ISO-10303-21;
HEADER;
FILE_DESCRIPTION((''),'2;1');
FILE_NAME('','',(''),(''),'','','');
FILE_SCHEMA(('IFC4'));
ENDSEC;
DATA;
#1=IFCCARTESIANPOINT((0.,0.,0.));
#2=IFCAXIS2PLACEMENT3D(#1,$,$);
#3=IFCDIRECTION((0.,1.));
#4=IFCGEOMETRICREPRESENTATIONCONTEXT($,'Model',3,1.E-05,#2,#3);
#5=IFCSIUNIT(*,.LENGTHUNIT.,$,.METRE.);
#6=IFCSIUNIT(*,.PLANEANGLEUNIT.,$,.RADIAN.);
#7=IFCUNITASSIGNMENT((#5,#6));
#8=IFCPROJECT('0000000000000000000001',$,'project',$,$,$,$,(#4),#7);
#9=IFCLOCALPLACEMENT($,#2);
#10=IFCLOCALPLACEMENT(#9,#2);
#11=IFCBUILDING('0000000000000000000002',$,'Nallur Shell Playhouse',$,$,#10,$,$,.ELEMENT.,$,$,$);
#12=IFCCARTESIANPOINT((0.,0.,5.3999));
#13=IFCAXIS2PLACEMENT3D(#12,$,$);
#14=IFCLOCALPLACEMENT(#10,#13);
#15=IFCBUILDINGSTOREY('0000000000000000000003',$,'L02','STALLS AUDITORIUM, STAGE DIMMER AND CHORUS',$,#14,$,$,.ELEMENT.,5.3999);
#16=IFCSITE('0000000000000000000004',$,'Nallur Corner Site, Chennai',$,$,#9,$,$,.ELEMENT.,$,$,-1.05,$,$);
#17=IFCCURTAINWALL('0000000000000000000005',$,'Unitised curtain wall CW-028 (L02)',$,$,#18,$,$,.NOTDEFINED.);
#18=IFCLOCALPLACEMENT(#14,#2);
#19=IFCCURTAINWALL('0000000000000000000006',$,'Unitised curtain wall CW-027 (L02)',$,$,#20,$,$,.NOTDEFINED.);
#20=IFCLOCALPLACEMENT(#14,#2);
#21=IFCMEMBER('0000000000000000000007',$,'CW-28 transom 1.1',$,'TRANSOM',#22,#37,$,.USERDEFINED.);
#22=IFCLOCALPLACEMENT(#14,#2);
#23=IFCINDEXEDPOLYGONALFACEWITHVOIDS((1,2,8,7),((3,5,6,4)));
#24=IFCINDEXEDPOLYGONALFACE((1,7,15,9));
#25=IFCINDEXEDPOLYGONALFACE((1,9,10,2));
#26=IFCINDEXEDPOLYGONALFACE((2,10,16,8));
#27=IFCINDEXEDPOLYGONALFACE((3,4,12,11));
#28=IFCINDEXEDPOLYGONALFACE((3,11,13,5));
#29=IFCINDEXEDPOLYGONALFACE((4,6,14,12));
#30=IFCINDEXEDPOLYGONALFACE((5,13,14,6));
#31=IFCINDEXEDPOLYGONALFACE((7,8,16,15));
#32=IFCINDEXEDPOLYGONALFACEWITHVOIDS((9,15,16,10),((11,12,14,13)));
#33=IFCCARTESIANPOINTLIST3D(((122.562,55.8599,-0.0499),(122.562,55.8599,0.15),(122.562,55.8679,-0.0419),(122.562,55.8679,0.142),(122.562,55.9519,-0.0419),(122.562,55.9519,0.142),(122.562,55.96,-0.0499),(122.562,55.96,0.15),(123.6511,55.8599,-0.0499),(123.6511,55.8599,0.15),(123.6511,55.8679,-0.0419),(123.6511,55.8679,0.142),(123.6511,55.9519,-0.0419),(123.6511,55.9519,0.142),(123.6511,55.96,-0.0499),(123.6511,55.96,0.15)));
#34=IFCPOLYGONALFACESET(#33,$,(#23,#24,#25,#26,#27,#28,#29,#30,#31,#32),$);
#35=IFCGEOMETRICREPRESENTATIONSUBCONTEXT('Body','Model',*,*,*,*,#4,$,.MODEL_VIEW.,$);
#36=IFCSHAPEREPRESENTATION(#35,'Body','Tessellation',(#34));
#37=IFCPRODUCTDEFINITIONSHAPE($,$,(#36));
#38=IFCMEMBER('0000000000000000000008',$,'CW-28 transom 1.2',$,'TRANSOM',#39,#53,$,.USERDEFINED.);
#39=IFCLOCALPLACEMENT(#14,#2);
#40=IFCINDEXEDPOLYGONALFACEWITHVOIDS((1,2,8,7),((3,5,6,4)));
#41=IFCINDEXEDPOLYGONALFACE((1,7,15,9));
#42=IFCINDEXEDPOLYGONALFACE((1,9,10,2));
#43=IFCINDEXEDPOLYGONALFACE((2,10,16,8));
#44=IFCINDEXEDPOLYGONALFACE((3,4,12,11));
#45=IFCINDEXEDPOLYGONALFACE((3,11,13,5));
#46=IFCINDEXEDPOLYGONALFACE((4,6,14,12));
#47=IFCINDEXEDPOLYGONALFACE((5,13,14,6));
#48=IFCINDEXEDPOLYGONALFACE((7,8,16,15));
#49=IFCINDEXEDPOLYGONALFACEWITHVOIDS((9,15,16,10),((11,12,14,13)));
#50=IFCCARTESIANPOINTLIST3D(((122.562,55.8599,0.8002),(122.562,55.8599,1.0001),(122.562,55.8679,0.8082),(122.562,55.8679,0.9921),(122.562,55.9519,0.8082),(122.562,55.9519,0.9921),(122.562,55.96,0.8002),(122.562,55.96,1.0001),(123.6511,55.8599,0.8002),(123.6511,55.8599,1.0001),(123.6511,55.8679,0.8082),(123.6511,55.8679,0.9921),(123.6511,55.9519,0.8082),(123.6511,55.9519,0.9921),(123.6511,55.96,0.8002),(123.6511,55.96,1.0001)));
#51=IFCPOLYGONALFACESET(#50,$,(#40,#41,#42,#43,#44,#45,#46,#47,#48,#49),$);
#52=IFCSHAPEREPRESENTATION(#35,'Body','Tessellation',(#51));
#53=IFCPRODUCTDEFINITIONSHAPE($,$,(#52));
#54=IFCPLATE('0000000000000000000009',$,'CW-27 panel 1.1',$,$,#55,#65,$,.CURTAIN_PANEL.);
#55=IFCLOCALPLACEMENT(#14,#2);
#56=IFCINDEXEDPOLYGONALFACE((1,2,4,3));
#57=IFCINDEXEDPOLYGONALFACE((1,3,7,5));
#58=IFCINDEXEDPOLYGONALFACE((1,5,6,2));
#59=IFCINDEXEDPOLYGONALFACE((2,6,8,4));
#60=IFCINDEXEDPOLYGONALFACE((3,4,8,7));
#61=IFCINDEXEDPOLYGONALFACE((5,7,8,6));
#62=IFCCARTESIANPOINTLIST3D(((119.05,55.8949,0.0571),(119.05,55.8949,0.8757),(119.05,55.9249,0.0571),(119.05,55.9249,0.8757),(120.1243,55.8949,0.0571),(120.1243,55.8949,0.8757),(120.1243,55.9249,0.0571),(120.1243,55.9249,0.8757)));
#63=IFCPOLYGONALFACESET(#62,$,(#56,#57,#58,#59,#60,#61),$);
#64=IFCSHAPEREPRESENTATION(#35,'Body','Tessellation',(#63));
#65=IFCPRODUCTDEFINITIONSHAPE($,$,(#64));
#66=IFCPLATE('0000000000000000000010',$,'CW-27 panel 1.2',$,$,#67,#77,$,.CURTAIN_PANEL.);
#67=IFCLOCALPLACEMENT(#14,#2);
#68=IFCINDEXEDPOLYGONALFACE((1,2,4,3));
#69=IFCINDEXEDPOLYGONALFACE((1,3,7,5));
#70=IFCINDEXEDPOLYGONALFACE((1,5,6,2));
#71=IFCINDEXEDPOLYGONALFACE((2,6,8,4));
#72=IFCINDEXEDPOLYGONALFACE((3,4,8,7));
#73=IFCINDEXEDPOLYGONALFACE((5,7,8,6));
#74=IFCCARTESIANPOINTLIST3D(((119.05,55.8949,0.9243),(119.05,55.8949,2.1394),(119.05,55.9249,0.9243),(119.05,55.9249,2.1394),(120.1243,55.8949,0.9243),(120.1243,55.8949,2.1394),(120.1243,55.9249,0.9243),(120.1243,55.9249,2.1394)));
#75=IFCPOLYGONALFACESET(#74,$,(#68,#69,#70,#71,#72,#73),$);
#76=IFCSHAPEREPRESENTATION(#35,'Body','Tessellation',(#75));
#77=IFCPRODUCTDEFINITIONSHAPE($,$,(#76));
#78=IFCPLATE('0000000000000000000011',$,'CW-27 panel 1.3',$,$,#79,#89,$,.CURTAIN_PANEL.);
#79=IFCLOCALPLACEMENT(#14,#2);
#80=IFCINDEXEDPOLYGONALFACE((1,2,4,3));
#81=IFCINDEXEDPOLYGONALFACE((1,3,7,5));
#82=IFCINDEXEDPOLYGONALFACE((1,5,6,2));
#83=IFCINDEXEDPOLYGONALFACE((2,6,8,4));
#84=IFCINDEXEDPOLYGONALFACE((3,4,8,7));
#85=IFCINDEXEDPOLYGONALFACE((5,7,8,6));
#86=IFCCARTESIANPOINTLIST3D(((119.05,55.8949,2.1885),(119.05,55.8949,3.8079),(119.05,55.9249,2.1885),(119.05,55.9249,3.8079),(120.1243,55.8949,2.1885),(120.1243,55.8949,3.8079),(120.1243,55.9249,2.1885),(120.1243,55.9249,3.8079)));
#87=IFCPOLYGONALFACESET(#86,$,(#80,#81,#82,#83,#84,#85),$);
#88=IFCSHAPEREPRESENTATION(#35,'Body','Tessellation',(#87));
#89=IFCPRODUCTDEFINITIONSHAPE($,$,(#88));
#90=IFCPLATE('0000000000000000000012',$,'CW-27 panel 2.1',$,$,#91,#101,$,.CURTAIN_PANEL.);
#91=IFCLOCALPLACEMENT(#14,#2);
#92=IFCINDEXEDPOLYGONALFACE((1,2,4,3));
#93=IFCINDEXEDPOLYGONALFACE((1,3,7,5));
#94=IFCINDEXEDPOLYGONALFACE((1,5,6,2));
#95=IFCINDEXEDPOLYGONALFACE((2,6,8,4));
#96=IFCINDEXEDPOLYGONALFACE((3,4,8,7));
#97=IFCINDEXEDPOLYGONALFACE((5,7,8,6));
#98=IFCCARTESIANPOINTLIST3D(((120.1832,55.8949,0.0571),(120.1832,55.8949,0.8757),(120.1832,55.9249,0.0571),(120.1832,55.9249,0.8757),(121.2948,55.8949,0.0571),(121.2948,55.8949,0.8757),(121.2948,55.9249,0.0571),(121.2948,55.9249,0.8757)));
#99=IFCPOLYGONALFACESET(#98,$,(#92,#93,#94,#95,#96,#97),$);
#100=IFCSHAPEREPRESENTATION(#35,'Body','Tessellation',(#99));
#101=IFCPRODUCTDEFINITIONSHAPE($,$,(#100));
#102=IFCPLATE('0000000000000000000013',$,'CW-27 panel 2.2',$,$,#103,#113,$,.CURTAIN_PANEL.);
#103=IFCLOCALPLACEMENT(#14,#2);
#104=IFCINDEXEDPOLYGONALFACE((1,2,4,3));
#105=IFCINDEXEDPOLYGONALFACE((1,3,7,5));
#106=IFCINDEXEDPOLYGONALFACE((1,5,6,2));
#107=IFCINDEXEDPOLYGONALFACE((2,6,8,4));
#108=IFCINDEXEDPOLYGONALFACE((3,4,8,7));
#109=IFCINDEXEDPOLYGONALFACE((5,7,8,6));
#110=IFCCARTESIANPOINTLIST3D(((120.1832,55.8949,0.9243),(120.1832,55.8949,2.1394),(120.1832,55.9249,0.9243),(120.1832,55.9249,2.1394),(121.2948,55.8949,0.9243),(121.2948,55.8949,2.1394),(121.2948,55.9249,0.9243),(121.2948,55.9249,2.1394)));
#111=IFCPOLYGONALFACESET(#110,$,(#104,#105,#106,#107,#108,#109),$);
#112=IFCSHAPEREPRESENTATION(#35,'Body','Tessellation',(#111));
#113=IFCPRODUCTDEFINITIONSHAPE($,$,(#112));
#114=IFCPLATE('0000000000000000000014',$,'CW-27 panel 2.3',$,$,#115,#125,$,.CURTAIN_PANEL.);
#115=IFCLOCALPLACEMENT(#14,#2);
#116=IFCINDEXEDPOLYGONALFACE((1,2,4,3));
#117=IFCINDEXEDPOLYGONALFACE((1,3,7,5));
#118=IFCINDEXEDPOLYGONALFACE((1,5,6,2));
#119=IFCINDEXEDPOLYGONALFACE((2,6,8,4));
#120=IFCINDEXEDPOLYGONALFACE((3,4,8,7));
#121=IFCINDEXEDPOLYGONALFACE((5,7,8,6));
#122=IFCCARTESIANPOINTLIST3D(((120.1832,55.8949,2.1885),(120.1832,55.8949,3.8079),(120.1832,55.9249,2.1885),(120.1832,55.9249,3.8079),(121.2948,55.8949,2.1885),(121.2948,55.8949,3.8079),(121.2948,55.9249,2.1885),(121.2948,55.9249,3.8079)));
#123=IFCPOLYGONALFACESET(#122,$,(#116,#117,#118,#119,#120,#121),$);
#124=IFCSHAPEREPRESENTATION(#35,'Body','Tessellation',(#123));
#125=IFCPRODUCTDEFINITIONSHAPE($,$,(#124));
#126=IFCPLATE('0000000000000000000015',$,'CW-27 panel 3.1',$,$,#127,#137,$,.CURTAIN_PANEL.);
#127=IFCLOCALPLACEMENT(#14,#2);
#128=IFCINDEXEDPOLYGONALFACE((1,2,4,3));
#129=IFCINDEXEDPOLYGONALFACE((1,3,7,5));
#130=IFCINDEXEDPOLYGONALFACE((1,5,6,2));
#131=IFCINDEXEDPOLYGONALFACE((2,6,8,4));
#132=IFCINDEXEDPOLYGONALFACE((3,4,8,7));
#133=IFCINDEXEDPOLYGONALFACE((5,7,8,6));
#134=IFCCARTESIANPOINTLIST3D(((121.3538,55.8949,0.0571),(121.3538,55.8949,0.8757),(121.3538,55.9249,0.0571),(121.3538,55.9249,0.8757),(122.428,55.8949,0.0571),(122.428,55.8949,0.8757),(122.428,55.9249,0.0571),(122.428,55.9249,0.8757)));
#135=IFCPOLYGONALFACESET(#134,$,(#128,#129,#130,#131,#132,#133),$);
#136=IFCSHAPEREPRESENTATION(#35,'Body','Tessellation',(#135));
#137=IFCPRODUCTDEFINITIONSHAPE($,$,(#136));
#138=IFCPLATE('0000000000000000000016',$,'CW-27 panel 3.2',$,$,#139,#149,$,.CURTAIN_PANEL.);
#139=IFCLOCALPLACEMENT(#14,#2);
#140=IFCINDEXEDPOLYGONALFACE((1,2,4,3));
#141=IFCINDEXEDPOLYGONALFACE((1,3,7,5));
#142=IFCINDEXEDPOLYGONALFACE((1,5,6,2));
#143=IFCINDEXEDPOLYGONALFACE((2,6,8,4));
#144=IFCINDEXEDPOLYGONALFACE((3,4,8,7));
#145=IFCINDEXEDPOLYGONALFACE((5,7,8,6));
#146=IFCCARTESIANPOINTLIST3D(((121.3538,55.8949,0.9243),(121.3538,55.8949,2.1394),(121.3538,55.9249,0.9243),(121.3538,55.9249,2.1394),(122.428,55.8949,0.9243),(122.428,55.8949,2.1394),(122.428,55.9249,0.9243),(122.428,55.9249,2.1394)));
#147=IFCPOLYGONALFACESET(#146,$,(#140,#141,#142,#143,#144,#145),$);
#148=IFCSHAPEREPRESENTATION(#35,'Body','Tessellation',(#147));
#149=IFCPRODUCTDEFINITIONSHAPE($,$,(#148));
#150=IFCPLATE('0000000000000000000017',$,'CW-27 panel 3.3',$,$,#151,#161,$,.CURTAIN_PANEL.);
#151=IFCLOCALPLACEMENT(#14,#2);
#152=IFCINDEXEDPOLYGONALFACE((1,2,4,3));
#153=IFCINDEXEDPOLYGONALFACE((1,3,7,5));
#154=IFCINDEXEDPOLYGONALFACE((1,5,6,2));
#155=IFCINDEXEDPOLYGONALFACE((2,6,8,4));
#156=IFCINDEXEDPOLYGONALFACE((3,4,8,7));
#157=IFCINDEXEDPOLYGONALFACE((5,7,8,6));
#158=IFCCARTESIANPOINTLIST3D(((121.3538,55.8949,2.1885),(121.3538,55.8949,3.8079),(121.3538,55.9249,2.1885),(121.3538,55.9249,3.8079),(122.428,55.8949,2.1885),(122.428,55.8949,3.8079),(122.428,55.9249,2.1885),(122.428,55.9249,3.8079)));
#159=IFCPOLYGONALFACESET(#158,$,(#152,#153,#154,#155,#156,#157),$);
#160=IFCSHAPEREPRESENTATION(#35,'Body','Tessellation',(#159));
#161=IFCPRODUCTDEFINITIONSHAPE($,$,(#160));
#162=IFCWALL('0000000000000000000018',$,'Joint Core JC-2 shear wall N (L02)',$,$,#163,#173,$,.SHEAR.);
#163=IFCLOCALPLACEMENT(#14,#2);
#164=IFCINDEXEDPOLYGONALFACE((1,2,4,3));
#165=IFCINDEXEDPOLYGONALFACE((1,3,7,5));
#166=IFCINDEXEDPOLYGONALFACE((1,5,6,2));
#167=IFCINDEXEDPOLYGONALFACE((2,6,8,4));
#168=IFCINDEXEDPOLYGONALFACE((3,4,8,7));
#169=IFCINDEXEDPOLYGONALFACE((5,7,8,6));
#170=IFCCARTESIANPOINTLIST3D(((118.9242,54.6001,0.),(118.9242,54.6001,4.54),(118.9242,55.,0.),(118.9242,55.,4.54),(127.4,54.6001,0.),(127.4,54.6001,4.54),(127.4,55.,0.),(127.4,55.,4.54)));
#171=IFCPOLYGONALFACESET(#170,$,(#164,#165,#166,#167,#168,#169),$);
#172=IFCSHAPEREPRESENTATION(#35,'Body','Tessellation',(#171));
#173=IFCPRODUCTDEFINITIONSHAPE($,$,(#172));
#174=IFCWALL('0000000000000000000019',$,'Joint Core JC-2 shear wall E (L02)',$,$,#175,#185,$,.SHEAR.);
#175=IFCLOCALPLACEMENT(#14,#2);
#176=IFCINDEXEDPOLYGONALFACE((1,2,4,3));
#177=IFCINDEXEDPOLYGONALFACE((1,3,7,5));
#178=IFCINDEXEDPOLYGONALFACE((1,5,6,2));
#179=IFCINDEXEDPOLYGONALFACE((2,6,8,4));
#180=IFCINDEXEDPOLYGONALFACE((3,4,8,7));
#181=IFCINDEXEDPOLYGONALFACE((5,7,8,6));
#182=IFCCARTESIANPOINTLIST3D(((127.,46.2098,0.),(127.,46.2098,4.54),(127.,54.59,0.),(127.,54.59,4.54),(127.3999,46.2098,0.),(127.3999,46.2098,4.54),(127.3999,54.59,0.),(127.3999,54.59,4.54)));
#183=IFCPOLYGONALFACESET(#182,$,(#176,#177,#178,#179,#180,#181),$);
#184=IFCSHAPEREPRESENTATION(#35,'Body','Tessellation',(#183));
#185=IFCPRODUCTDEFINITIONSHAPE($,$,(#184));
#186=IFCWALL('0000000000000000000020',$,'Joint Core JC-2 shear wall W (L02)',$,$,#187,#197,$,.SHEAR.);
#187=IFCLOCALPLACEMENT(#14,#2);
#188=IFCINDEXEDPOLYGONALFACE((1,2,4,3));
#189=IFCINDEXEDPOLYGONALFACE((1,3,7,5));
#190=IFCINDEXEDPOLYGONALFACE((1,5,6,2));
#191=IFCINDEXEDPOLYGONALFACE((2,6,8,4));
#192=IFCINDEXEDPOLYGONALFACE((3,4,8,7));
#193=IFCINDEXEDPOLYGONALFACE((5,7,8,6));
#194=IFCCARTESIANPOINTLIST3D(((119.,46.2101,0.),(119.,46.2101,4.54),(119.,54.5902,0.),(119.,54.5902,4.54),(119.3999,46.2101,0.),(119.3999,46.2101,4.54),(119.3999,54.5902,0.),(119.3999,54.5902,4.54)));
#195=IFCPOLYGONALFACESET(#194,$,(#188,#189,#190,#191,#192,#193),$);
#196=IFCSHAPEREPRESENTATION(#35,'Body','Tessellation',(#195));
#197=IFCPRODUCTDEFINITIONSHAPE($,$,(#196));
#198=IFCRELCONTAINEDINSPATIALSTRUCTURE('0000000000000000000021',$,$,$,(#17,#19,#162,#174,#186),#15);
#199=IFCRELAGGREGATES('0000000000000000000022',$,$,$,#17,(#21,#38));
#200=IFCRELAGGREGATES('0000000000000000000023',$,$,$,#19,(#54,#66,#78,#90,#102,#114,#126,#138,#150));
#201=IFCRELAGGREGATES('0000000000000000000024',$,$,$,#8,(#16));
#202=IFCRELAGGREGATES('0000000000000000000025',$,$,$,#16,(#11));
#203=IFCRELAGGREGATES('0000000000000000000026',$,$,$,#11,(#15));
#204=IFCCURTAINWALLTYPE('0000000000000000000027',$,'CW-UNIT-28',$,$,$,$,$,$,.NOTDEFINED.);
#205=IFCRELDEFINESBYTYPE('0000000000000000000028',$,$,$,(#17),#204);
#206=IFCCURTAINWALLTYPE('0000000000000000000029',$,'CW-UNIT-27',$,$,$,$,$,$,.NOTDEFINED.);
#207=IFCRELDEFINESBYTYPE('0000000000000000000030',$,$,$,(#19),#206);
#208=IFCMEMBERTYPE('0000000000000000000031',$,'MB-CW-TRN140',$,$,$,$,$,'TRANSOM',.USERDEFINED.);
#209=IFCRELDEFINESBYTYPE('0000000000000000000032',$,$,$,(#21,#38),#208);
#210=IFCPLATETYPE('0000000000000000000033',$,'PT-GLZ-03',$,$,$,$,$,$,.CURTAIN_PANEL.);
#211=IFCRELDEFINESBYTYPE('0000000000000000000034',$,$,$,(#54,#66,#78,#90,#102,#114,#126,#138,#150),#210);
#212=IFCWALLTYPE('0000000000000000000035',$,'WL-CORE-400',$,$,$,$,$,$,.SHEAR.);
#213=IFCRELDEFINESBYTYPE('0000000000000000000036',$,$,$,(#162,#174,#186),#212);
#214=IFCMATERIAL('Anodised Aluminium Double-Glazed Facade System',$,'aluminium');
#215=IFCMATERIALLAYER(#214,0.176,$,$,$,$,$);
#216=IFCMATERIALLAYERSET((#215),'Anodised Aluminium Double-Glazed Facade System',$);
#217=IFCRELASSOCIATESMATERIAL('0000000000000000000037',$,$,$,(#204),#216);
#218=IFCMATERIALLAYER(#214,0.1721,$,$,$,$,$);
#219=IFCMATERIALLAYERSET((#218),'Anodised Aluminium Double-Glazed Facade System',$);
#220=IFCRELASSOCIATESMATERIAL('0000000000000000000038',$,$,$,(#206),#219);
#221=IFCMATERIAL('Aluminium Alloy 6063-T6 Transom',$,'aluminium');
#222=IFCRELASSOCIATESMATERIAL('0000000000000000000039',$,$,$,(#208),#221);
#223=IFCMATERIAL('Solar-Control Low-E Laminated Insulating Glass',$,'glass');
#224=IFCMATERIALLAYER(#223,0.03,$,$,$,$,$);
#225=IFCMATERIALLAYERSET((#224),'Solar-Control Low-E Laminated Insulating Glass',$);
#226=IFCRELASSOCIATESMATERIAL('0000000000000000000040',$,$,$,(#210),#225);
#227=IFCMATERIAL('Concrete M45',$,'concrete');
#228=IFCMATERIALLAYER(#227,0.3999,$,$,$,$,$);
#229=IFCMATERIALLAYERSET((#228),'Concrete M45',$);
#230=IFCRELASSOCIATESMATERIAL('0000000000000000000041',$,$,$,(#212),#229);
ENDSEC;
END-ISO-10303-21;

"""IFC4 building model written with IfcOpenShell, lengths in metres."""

from ifc_helpers import new_model, si_unit, direction, frame, frame_2d, origin, origin_2d, place, context, subcontext, project, spatial, rectangle, hollow_rectangle, extrude, material, layer, layer_set, material_profile, profile_set, type_object, element, aggregate, save


model = new_model("IFC4")

# Units and contexts
model_context = context("Model", 3, precision=1e-05, world=origin(), true_north=direction((0.0, 1.0)))
body_context = subcontext(model_context, "Body", "Model", "MODEL_VIEW")
ifc_project = project(units=[si_unit("LENGTHUNIT", "METRE"), si_unit("PLANEANGLEUNIT", "RADIAN")], contexts=[model_context])

# Site, building, storey
site_placement = place(None, origin())
site = spatial("IfcSite", under=ifc_project, at=site_placement, Name="Nallur Corner Site, Chennai", CompositionType="ELEMENT", RefElevation=-1.05)
building_placement = place(site_placement, origin())
building = spatial("IfcBuilding", under=site, at=building_placement, Name="Nallur Shell Playhouse", CompositionType="ELEMENT")
storey_placement = place(building_placement, frame((0.0, 0.0, 5.3999)))
storey = spatial("IfcBuildingStorey", under=building, at=storey_placement, Name="L02", Description="STALLS AUDITORIUM, STAGE DIMMER AND CHORUS", CompositionType="ELEMENT", Elevation=5.3999)

# Curtain wall
ifc_material_1 = material(Name="Anodised Aluminium Double-Glazed Facade System", Category="aluminium")
ifc_layer_1 = layer(ifc_material_1, 0.176)
ifc_layer_set_1 = layer_set([ifc_layer_1], Name="Anodised Aluminium Double-Glazed Facade System")
curtain_wall_type_1 = type_object("IfcCurtainWallType", Name="CW-UNIT-28", PredefinedType="NOTDEFINED", material=ifc_layer_set_1)
curtain_wall_1_placement = place(storey_placement, origin())
curtain_wall_1 = element("IfcCurtainWall", 1, at=curtain_wall_1_placement, inside=storey, type_object=curtain_wall_type_1, Name="Unitised curtain wall CW-028 (L02)", PredefinedType="NOTDEFINED")

# Curtain wall
ifc_layer_2 = layer(ifc_material_1, 0.1721)
ifc_layer_set_2 = layer_set([ifc_layer_2], Name="Anodised Aluminium Double-Glazed Facade System")
curtain_wall_type_2 = type_object("IfcCurtainWallType", Name="CW-UNIT-27", PredefinedType="NOTDEFINED", material=ifc_layer_set_2)
curtain_wall_2_placement = place(storey_placement, origin())
curtain_wall_2 = element("IfcCurtainWall", 2, at=curtain_wall_2_placement, inside=storey, type_object=curtain_wall_type_2, Name="Unitised curtain wall CW-027 (L02)", PredefinedType="NOTDEFINED")
ifc_material_2 = material(Name="Aluminium Alloy 6063-T6 Transom", Category="aluminium")

# Members
ifc_material_profile_1 = material_profile(ifc_material_2, hollow_rectangle(XDim=0.1001, YDim=0.2, WallThickness=0.0081, at=origin_2d()), Name="RHS 200x100x8")
ifc_profile_set_1 = profile_set([ifc_material_profile_1], Name="Aluminium Alloy 6063-T6 Transom")
member_type_1 = type_object("IfcMemberType", Name="MB-CW-TRN140", ElementType="TRANSOM", PredefinedType="USERDEFINED", material=ifc_profile_set_1)
member_1_placement = place(storey_placement, frame((122.562, 55.9099, 0.05), z_axis=(1.0, 0.0, 0.0), x_axis=(0.0, 1.0, 0.0)))
member_1 = element("IfcMember", 3, at=member_1_placement, type_object=member_type_1, Name="CW-28 transom 1.1", ObjectType="TRANSOM", PredefinedType="USERDEFINED", context=body_context, shape_type="SweptSolid", body=[
    extrude(hollow_rectangle(XDim=0.1001, YDim=0.2, WallThickness=0.0081, at=origin_2d()), origin(), (0.0, 0.0, 1.0), 1.0891),
])
member_2_placement = place(storey_placement, frame((122.562, 55.9099, 0.9001), z_axis=(1.0, 0.0, 0.0), x_axis=(0.0, 1.0, 0.0)))
member_2 = element("IfcMember", 4, at=member_2_placement, type_object=member_type_1, Name="CW-28 transom 1.2", ObjectType="TRANSOM", PredefinedType="USERDEFINED", context=body_context, shape_type="SweptSolid", body=[
    extrude(hollow_rectangle(XDim=0.1001, YDim=0.2, WallThickness=0.0081, at=origin_2d()), origin(), (0.0, 0.0, 1.0), 1.0891),
])
aggregate(curtain_wall_1, [member_1, member_2])

# Plates
ifc_material_3 = material(Name="Solar-Control Low-E Laminated Insulating Glass", Category="glass")
ifc_layer_3 = layer(ifc_material_3, 0.03)
ifc_layer_set_3 = layer_set([ifc_layer_3], Name="Solar-Control Low-E Laminated Insulating Glass")
plate_type = type_object("IfcPlateType", Name="PT-GLZ-03", PredefinedType="CURTAIN_PANEL", material=ifc_layer_set_3)
plate_1_placement = place(storey_placement, frame((119.5872, 55.9099, 0.0571), z_axis=(0.0, 0.0, 1.0), x_axis=(1.0, 0.0, 0.0)))
plate_1 = element("IfcPlate", 5, at=plate_1_placement, type_object=plate_type, Name="CW-27 panel 1.1", PredefinedType="CURTAIN_PANEL", context=body_context, shape_type="SweptSolid", body=[
    extrude(rectangle(XDim=1.0742, YDim=0.03, at=origin_2d()), origin(), (0.0, 0.0, 1.0), 0.8186),
])
plate_2_placement = place(storey_placement, frame((119.5872, 55.9099, 0.9243), z_axis=(0.0, 0.0, 1.0), x_axis=(1.0, 0.0, 0.0)))
plate_2 = element("IfcPlate", 6, at=plate_2_placement, type_object=plate_type, Name="CW-27 panel 1.2", PredefinedType="CURTAIN_PANEL", context=body_context, shape_type="SweptSolid", body=[
    extrude(rectangle(XDim=1.0742, YDim=0.03, at=origin_2d()), origin(), (0.0, 0.0, 1.0), 1.2151),
])
plate_3_placement = place(storey_placement, frame((119.5872, 55.9099, 2.1885), z_axis=(0.0, 0.0, 1.0), x_axis=(1.0, 0.0, 0.0)))
plate_3 = element("IfcPlate", 7, at=plate_3_placement, type_object=plate_type, Name="CW-27 panel 1.3", PredefinedType="CURTAIN_PANEL", context=body_context, shape_type="SweptSolid", body=[
    extrude(rectangle(XDim=1.0742, YDim=0.03, at=origin_2d()), origin(), (0.0, 0.0, 1.0), 1.6194),
])
plate_4_placement = place(storey_placement, frame((120.739, 55.9099, 0.0571), z_axis=(0.0, 0.0, 1.0), x_axis=(1.0, 0.0, 0.0)))
plate_4 = element("IfcPlate", 8, at=plate_4_placement, type_object=plate_type, Name="CW-27 panel 2.1", PredefinedType="CURTAIN_PANEL", context=body_context, shape_type="SweptSolid", body=[
    extrude(rectangle(XDim=1.1116, YDim=0.03, at=origin_2d()), origin(), (0.0, 0.0, 1.0), 0.8186),
])
plate_5_placement = place(storey_placement, frame((120.739, 55.9099, 0.9243), z_axis=(0.0, 0.0, 1.0), x_axis=(1.0, 0.0, 0.0)))
plate_5 = element("IfcPlate", 9, at=plate_5_placement, type_object=plate_type, Name="CW-27 panel 2.2", PredefinedType="CURTAIN_PANEL", context=body_context, shape_type="SweptSolid", body=[
    extrude(rectangle(XDim=1.1116, YDim=0.03, at=origin_2d()), origin(), (0.0, 0.0, 1.0), 1.2151),
])
plate_6_placement = place(storey_placement, frame((120.739, 55.9099, 2.1885), z_axis=(0.0, 0.0, 1.0), x_axis=(1.0, 0.0, 0.0)))
plate_6 = element("IfcPlate", 10, at=plate_6_placement, type_object=plate_type, Name="CW-27 panel 2.3", PredefinedType="CURTAIN_PANEL", context=body_context, shape_type="SweptSolid", body=[
    extrude(rectangle(XDim=1.1116, YDim=0.03, at=origin_2d()), origin(), (0.0, 0.0, 1.0), 1.6194),
])
plate_7_placement = place(storey_placement, frame((121.8909, 55.9099, 0.0571), z_axis=(0.0, 0.0, 1.0), x_axis=(1.0, 0.0, 0.0)))
plate_7 = element("IfcPlate", 11, at=plate_7_placement, type_object=plate_type, Name="CW-27 panel 3.1", PredefinedType="CURTAIN_PANEL", context=body_context, shape_type="SweptSolid", body=[
    extrude(rectangle(XDim=1.0742, YDim=0.03, at=origin_2d()), origin(), (0.0, 0.0, 1.0), 0.8186),
])
plate_8_placement = place(storey_placement, frame((121.8909, 55.9099, 0.9243), z_axis=(0.0, 0.0, 1.0), x_axis=(1.0, 0.0, 0.0)))
plate_8 = element("IfcPlate", 12, at=plate_8_placement, type_object=plate_type, Name="CW-27 panel 3.2", PredefinedType="CURTAIN_PANEL", context=body_context, shape_type="SweptSolid", body=[
    extrude(rectangle(XDim=1.0742, YDim=0.03, at=origin_2d()), origin(), (0.0, 0.0, 1.0), 1.2151),
])
plate_9_placement = place(storey_placement, frame((121.8909, 55.9099, 2.1885), z_axis=(0.0, 0.0, 1.0), x_axis=(1.0, 0.0, 0.0)))
plate_9 = element("IfcPlate", 13, at=plate_9_placement, type_object=plate_type, Name="CW-27 panel 3.3", PredefinedType="CURTAIN_PANEL", context=body_context, shape_type="SweptSolid", body=[
    extrude(rectangle(XDim=1.0742, YDim=0.03, at=origin_2d()), origin(), (0.0, 0.0, 1.0), 1.6194),
])
aggregate(curtain_wall_2, [plate_1, plate_2, plate_3, plate_4, plate_5, plate_6, plate_7, plate_8, plate_9])

# Walls
ifc_material_4 = material(Name="Concrete M45", Category="concrete")
ifc_layer_4 = layer(ifc_material_4, 0.3999)
ifc_layer_set_4 = layer_set([ifc_layer_4], Name="Concrete M45")
wall_type_1 = type_object("IfcWallType", Name="WL-CORE-400", PredefinedType="SHEAR", material=ifc_layer_set_4)
wall_1_placement = place(storey_placement, frame((127.3999, 54.8, 0.0), z_axis=(0.0, 0.0, 1.0), x_axis=(-1.0, 0.0, 0.0)))
element("IfcWall", 14, at=wall_1_placement, inside=storey, type_object=wall_type_1, Name="Joint Core JC-2 shear wall N (L02)", PredefinedType="SHEAR", context=body_context, shape_type="SweptSolid", body=[
    extrude(rectangle(XDim=8.4758, YDim=0.3999, at=frame_2d((4.2378, 0.0))), origin(), (0.0, 0.0, 1.0), 4.54),
])
for number, where, z_axis, x_axis, name in (
    (15, (127.2, 46.21, 0.0), (0.0, 0.0, 1.0), (0.0, 1.0, 0.0), "Joint Core JC-2 shear wall E (L02)"),
    (16, (119.2, 54.5901, 0.0), (0.0, 0.0, 1.0), (0.0, -1.0, 0.0), "Joint Core JC-2 shear wall W (L02)"),
):
    element("IfcWall", number, at=place(storey_placement, frame(where, z_axis=z_axis, x_axis=x_axis)), inside=storey, type_object=wall_type_1, Name=name, PredefinedType="SHEAR", context=body_context, shape_type="SweptSolid", body=[
        extrude(rectangle(XDim=8.3801, YDim=0.3999, at=frame_2d((4.1899, 0.0))), origin(), (0.0, 0.0, 1.0), 4.54),
    ])

save(model, "model.ifc")
